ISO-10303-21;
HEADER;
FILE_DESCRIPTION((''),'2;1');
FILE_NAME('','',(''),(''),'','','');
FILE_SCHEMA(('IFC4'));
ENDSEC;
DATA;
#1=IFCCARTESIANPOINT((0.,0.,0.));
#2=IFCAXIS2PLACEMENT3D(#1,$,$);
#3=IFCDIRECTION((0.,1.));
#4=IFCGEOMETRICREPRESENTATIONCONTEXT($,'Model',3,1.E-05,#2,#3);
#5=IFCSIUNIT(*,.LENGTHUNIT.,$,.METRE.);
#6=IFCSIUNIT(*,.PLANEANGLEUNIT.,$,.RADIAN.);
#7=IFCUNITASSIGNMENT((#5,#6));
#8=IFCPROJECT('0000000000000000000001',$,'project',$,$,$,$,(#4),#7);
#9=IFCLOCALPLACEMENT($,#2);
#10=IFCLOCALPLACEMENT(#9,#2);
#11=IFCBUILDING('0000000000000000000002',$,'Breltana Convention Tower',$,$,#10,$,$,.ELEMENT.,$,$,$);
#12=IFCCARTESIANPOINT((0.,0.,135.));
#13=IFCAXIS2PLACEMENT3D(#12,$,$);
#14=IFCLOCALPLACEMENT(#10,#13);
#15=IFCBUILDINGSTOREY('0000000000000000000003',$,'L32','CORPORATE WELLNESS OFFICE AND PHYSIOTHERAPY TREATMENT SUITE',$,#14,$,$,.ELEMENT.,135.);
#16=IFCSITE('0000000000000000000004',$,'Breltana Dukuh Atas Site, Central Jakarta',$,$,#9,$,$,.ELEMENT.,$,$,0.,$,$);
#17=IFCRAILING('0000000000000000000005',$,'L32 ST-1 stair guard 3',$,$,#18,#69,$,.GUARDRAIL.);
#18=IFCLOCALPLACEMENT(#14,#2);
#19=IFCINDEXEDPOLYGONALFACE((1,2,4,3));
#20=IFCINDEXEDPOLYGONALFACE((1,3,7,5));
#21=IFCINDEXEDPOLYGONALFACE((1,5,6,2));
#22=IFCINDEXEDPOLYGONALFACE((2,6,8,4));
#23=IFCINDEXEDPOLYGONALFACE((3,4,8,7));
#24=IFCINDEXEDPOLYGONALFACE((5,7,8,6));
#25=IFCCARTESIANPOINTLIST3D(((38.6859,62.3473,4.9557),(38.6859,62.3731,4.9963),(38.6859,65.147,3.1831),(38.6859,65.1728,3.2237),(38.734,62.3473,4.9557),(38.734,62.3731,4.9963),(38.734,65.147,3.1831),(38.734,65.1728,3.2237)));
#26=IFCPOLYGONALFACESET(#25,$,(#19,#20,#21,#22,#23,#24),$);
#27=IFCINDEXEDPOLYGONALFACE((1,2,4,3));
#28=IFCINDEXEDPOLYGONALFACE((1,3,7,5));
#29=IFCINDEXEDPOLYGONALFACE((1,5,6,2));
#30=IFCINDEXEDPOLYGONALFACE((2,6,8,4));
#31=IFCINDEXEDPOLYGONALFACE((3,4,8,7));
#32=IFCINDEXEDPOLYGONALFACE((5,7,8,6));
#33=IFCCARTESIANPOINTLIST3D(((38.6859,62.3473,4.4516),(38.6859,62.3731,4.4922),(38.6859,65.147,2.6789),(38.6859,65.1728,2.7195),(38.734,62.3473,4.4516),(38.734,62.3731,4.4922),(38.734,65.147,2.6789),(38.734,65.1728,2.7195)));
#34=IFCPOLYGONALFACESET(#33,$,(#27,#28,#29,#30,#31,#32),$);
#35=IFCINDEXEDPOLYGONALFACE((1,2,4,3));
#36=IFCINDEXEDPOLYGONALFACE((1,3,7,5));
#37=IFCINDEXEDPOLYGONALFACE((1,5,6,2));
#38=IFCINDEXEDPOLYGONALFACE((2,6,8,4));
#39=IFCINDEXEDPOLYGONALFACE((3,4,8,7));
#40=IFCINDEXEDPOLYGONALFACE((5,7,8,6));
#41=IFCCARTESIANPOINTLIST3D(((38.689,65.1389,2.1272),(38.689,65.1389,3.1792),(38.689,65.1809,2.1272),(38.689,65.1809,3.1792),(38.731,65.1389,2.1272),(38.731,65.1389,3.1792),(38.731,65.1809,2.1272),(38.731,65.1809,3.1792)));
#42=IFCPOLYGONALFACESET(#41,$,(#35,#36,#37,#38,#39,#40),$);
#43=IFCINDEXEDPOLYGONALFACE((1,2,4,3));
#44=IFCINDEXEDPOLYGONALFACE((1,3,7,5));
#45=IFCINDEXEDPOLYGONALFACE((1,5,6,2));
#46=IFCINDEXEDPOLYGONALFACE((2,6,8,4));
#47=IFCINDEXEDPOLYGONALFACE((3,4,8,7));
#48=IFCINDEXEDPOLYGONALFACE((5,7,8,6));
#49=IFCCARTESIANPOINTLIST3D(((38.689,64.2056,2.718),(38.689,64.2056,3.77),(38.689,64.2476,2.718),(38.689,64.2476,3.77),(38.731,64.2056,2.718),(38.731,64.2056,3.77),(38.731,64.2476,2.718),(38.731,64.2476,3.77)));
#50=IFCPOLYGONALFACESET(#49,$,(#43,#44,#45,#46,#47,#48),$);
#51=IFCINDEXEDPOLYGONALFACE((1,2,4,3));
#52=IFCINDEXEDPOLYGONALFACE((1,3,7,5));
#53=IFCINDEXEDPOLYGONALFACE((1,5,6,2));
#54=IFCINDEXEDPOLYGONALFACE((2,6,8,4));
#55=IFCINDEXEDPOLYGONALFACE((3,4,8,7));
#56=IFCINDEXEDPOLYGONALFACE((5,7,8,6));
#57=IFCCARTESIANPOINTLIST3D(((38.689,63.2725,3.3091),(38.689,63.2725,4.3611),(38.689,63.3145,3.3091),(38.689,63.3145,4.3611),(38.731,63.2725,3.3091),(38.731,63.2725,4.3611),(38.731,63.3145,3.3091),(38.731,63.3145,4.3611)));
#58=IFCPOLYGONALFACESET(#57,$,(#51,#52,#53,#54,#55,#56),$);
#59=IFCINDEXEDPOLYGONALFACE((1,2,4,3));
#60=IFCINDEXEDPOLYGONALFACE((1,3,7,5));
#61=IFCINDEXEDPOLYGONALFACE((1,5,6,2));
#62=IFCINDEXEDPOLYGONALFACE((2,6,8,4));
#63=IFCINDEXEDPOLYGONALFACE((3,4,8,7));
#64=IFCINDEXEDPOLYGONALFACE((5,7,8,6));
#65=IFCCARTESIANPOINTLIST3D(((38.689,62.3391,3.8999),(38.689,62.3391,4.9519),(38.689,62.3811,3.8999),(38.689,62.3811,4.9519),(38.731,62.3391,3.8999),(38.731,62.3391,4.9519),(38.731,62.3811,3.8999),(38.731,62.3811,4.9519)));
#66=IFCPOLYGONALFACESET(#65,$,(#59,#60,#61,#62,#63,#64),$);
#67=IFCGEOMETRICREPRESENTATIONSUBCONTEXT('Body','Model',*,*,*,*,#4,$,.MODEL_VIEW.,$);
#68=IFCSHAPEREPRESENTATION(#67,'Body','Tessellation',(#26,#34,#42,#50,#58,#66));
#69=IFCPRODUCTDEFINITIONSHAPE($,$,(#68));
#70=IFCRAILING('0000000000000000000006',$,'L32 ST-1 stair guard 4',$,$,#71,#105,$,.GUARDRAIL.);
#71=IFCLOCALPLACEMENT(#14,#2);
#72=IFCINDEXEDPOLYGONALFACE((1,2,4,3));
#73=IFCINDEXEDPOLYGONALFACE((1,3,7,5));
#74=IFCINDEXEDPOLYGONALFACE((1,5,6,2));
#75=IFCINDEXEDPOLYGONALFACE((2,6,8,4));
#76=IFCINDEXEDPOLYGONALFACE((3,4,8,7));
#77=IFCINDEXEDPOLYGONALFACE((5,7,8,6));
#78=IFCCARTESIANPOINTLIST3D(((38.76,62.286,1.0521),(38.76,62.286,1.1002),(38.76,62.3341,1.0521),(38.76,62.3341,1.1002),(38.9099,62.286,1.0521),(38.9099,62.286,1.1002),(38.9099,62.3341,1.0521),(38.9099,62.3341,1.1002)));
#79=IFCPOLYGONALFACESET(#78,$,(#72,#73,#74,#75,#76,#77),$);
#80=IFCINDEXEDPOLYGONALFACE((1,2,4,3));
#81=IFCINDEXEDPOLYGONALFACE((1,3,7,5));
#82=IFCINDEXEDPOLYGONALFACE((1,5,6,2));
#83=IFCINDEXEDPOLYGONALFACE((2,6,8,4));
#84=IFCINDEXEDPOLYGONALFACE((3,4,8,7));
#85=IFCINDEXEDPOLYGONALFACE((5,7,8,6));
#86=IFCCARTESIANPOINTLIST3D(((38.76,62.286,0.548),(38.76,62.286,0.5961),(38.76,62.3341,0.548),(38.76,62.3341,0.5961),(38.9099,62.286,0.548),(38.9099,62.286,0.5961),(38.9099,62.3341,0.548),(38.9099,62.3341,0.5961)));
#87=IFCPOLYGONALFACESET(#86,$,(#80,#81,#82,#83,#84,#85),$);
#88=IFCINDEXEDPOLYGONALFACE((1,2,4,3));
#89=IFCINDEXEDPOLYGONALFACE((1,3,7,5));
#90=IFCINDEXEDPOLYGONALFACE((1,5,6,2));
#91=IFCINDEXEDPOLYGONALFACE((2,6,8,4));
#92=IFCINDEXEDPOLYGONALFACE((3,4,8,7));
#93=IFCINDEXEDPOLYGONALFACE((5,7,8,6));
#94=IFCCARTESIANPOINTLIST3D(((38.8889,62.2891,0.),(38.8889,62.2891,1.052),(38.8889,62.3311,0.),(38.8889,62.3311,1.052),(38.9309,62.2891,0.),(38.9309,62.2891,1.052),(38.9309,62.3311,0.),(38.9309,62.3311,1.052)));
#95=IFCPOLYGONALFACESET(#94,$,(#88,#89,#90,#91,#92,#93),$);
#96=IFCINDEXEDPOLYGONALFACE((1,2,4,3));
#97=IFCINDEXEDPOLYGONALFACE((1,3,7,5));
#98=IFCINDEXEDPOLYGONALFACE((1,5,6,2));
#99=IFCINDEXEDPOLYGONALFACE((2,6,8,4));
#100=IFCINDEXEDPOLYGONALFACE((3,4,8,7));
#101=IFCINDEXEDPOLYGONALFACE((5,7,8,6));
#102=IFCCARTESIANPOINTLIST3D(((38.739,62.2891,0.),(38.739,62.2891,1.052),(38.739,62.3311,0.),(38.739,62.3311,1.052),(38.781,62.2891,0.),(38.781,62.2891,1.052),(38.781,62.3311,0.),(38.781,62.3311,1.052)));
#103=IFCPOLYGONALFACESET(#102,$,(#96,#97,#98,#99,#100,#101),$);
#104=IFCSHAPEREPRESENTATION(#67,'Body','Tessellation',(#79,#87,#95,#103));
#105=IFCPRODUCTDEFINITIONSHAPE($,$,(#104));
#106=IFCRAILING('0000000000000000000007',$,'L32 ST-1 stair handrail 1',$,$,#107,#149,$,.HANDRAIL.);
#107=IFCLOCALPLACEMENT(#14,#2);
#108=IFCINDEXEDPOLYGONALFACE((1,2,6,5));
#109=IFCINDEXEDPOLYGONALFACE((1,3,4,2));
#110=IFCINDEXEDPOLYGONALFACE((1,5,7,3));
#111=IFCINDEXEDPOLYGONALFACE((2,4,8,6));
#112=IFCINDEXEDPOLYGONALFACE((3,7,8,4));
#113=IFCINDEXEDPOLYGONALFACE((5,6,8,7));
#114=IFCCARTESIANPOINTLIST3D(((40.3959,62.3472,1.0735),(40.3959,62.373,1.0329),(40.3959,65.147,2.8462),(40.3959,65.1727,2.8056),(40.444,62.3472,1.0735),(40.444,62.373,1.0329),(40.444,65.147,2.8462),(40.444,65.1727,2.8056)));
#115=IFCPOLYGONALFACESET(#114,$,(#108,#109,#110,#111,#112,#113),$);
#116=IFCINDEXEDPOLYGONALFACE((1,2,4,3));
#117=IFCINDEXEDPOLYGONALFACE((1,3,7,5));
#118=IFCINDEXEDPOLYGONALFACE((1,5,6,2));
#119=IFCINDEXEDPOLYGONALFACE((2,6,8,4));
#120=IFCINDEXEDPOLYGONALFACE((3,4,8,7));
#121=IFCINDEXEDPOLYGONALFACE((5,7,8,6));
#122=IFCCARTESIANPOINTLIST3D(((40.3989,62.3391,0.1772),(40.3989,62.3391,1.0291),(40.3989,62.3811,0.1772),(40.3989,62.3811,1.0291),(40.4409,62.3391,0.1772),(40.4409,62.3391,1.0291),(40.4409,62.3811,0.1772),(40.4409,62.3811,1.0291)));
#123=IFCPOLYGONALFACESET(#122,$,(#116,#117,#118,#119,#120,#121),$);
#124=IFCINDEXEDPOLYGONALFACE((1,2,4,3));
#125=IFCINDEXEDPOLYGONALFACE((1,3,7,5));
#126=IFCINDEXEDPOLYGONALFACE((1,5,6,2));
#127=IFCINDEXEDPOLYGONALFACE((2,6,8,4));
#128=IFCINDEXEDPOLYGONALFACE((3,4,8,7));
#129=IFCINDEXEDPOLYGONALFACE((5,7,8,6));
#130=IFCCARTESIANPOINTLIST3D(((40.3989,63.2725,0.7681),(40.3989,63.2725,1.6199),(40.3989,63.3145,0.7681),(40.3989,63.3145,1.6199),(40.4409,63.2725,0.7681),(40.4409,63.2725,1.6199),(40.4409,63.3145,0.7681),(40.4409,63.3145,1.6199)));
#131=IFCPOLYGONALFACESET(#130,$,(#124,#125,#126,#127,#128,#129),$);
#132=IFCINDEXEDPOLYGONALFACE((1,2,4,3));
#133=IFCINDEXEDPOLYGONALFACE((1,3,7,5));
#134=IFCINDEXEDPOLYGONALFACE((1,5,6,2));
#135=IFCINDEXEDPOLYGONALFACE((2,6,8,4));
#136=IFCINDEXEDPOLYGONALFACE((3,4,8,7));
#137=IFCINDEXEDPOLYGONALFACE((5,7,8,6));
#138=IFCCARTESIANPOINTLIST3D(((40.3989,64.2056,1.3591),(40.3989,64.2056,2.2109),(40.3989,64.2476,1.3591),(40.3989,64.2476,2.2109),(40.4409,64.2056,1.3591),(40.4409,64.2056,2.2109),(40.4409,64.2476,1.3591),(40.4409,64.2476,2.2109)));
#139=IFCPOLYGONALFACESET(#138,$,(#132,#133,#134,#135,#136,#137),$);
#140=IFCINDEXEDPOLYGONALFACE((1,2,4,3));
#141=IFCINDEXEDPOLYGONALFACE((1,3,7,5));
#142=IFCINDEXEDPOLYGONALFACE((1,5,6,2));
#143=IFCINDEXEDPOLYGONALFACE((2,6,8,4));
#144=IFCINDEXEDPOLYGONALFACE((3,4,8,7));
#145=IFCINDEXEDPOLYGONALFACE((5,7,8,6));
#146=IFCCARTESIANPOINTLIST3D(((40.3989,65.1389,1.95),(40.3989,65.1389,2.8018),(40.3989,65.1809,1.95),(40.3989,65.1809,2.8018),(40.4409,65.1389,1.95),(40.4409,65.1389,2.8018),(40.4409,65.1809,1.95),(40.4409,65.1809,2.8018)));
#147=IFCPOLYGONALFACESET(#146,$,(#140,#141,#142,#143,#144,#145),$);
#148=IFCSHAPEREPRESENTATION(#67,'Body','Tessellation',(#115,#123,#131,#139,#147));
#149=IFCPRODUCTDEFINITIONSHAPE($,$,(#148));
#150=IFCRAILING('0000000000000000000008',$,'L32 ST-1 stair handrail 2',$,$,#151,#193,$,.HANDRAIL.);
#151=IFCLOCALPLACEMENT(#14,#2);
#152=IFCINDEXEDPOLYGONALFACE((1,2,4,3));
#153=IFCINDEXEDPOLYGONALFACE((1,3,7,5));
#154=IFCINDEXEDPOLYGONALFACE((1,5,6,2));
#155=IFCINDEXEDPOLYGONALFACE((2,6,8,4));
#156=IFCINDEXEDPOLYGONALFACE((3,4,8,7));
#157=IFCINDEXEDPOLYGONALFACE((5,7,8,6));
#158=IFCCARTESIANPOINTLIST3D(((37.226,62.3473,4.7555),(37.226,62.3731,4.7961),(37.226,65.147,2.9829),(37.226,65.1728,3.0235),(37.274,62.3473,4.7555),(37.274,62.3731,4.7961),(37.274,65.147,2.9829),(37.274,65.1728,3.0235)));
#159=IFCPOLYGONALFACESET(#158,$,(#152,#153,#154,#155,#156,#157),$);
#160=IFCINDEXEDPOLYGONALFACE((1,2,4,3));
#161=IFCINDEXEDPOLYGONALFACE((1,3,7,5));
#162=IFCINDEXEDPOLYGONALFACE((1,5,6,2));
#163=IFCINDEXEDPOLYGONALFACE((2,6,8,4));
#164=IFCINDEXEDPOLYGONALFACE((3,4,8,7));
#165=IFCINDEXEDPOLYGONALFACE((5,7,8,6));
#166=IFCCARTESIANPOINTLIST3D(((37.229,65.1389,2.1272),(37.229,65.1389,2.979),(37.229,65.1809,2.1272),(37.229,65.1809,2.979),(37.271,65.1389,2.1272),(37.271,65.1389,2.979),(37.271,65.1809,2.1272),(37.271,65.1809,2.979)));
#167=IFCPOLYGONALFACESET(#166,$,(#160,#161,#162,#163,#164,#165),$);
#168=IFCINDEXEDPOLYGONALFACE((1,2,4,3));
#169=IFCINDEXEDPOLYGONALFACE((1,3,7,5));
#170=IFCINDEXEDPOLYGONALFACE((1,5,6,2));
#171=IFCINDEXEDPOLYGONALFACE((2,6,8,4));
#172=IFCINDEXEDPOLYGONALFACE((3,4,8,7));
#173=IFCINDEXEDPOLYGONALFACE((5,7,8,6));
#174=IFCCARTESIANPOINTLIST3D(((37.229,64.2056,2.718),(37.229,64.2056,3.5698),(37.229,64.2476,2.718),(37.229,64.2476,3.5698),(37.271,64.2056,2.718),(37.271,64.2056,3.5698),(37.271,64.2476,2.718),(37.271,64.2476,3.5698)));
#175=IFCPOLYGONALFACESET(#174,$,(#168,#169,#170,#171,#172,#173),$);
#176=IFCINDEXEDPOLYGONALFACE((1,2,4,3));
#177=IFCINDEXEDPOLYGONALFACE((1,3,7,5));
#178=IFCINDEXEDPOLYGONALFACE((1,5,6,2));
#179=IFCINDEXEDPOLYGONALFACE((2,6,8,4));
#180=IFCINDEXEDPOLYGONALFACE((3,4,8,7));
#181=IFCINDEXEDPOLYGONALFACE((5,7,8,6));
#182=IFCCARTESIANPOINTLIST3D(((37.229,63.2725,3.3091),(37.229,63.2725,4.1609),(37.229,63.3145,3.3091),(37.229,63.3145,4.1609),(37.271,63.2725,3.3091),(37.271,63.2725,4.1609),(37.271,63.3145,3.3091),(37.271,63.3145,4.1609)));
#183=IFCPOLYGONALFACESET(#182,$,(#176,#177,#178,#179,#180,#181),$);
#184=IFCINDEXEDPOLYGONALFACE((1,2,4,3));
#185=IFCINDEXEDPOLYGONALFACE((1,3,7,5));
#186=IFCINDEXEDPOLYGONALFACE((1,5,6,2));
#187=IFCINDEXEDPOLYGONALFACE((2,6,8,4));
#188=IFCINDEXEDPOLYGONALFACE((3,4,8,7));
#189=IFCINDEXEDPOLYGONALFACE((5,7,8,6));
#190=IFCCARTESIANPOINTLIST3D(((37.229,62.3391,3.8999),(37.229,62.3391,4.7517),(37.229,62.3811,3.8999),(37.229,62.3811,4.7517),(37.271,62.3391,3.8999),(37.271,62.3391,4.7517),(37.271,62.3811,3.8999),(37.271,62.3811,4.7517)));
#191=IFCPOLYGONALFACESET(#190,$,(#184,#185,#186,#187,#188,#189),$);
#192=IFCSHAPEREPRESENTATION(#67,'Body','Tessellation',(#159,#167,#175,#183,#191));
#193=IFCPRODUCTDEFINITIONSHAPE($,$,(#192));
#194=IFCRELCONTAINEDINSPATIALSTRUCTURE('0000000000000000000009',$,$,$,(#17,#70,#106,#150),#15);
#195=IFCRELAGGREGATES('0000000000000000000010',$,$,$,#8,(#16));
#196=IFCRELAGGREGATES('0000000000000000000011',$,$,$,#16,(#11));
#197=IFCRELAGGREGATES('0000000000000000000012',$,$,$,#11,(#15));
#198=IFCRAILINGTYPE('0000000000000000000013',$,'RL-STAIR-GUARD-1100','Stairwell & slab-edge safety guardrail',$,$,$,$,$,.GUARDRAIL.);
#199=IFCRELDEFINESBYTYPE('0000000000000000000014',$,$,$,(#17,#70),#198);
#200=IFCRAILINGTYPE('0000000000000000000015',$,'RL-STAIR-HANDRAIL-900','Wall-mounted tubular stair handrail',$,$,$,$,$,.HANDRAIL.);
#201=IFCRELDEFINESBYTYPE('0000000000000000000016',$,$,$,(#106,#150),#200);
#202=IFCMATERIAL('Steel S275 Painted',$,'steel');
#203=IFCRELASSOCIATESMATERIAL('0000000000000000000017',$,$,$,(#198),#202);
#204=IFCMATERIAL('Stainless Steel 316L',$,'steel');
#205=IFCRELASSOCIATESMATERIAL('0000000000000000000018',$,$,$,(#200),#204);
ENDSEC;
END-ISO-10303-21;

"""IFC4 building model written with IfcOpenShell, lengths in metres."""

from ifc_helpers import new_model, si_unit, direction, frame, origin, origin_2d, place, context, subcontext, project, spatial, rectangle, extrude, material, type_object, element, save


model = new_model("IFC4")

# Units and contexts
model_context = context("Model", 3, precision=1e-05, world=origin(), true_north=direction((0.0, 1.0)))
body_context = subcontext(model_context, "Body", "Model", "MODEL_VIEW")
ifc_project = project(units=[si_unit("LENGTHUNIT", "METRE"), si_unit("PLANEANGLEUNIT", "RADIAN")], contexts=[model_context])

# Site, building, storey
site_placement = place(None, origin())
site = spatial("IfcSite", under=ifc_project, at=site_placement, Name="Breltana Dukuh Atas Site, Central Jakarta", CompositionType="ELEMENT", RefElevation=0.0)
building_placement = place(site_placement, origin())
building = spatial("IfcBuilding", under=site, at=building_placement, Name="Breltana Convention Tower", CompositionType="ELEMENT")
storey_placement = place(building_placement, frame((0.0, 0.0, 135.0)))
storey = spatial("IfcBuildingStorey", under=building, at=storey_placement, Name="L32", Description="CORPORATE WELLNESS OFFICE AND PHYSIOTHERAPY TREATMENT SUITE", CompositionType="ELEMENT", Elevation=135.0)

# Railings
ifc_material_1 = material(Name="Steel S275 Painted", Category="steel")
railing_type_1 = type_object("IfcRailingType", Name="RL-STAIR-GUARD-1100", Description="Stairwell & slab-edge safety guardrail", PredefinedType="GUARDRAIL", material=ifc_material_1)
railing_1_placement = place(storey_placement, frame((38.71, 65.1599, 2.1272)))
element("IfcRailing", 1, at=railing_1_placement, inside=storey, type_object=railing_type_1, Name="L32 ST-1 stair guard 3", PredefinedType="GUARDRAIL", context=body_context, shape_type="SweptSolid", body=[
    extrude(rectangle(XDim=0.0481, YDim=0.0481, at=origin_2d()), frame((0.0, 0.0, 1.0762), z_axis=(0.0, -0.844888, 0.534943), x_axis=(1.0, 0.0, 0.0)), (0.0, 0.0, 1.0), 3.3137),
    extrude(rectangle(XDim=0.0481, YDim=0.0481, at=origin_2d()), frame((0.0, 0.0, 0.572), z_axis=(0.0, -0.844888, 0.534943), x_axis=(1.0, 0.0, 0.0)), (0.0, 0.0, 1.0), 3.3137),
    extrude(rectangle(XDim=0.042, YDim=0.042, at=origin_2d()), origin(), (0.0, 0.0, 1.0), 1.052),
    extrude(rectangle(XDim=0.042, YDim=0.042, at=origin_2d()), frame((0.0, -0.9333, 0.5908)), (0.0, 0.0, 1.0), 1.052),
    extrude(rectangle(XDim=0.042, YDim=0.042, at=origin_2d()), frame((0.0, -1.8665, 1.1819)), (0.0, 0.0, 1.0), 1.052),
    extrude(rectangle(XDim=0.042, YDim=0.042, at=origin_2d()), frame((0.0, -2.7998, 1.7727)), (0.0, 0.0, 1.0), 1.052),
])
railing_2_placement = place(storey_placement, frame((38.9099, 62.3101, 0.0)))
element("IfcRailing", 2, at=railing_2_placement, inside=storey, type_object=railing_type_1, Name="L32 ST-1 stair guard 4", PredefinedType="GUARDRAIL", context=body_context, shape_type="SweptSolid", body=[
    extrude(rectangle(XDim=0.0481, YDim=0.0481, at=origin_2d()), frame((0.0, 0.0, 1.0762), z_axis=(-1.0, 0.0, 0.0), x_axis=(0.0, -1.0, 0.0)), (0.0, 0.0, 1.0), 0.1499),
    extrude(rectangle(XDim=0.0481, YDim=0.0481, at=origin_2d()), frame((0.0, 0.0, 0.572), z_axis=(-1.0, 0.0, 0.0), x_axis=(0.0, -1.0, 0.0)), (0.0, 0.0, 1.0), 0.1499),
    extrude(rectangle(XDim=0.042, YDim=0.042, at=origin_2d()), origin(), (0.0, 0.0, 1.0), 1.052),
    extrude(rectangle(XDim=0.042, YDim=0.042, at=origin_2d()), frame((-0.1499, 0.0, 0.0)), (0.0, 0.0, 1.0), 1.052),
])
ifc_material_2 = material(Name="Stainless Steel 316L", Category="steel")
railing_type_2 = type_object("IfcRailingType", Name="RL-STAIR-HANDRAIL-900", Description="Wall-mounted tubular stair handrail", PredefinedType="HANDRAIL", material=ifc_material_2)
railing_3_placement = place(storey_placement, frame((40.4199, 62.3601, 0.1772)))
element("IfcRailing", 3, at=railing_3_placement, inside=storey, type_object=railing_type_2, Name="L32 ST-1 stair handrail 1", PredefinedType="HANDRAIL", context=body_context, shape_type="SweptSolid", body=[
    extrude(rectangle(XDim=0.0481, YDim=0.0481, at=origin_2d()), frame((0.0, 0.0, 0.876), z_axis=(0.0, 0.844888, 0.534943), x_axis=(-1.0, 0.0, 0.0)), (0.0, 0.0, 1.0), 3.3137),
    extrude(rectangle(XDim=0.042, YDim=0.042, at=origin_2d()), origin(), (0.0, 0.0, 1.0), 0.8518),
    extrude(rectangle(XDim=0.042, YDim=0.042, at=origin_2d()), frame((0.0, 0.9333, 0.5908)), (0.0, 0.0, 1.0), 0.8518),
    extrude(rectangle(XDim=0.042, YDim=0.042, at=origin_2d()), frame((0.0, 1.8665, 1.1819)), (0.0, 0.0, 1.0), 0.8518),
    extrude(rectangle(XDim=0.042, YDim=0.042, at=origin_2d()), frame((0.0, 2.7998, 1.7727)), (0.0, 0.0, 1.0), 0.8518),
])
railing_4_placement = place(storey_placement, frame((37.25, 65.1599, 2.1272)))
element("IfcRailing", 4, at=railing_4_placement, inside=storey, type_object=railing_type_2, Name="L32 ST-1 stair handrail 2", PredefinedType="HANDRAIL", context=body_context, shape_type="SweptSolid", body=[
    extrude(rectangle(XDim=0.0481, YDim=0.0481, at=origin_2d()), frame((0.0, 0.0, 0.876), z_axis=(0.0, -0.844888, 0.534943), x_axis=(1.0, 0.0, 0.0)), (0.0, 0.0, 1.0), 3.3137),
    extrude(rectangle(XDim=0.042, YDim=0.042, at=origin_2d()), origin(), (0.0, 0.0, 1.0), 0.8518),
    extrude(rectangle(XDim=0.042, YDim=0.042, at=origin_2d()), frame((0.0, -0.9333, 0.5908)), (0.0, 0.0, 1.0), 0.8518),
    extrude(rectangle(XDim=0.042, YDim=0.042, at=origin_2d()), frame((0.0, -1.8665, 1.1819)), (0.0, 0.0, 1.0), 0.8518),
    extrude(rectangle(XDim=0.042, YDim=0.042, at=origin_2d()), frame((0.0, -2.7998, 1.7727)), (0.0, 0.0, 1.0), 0.8518),
])

save(model, "model.ifc")
